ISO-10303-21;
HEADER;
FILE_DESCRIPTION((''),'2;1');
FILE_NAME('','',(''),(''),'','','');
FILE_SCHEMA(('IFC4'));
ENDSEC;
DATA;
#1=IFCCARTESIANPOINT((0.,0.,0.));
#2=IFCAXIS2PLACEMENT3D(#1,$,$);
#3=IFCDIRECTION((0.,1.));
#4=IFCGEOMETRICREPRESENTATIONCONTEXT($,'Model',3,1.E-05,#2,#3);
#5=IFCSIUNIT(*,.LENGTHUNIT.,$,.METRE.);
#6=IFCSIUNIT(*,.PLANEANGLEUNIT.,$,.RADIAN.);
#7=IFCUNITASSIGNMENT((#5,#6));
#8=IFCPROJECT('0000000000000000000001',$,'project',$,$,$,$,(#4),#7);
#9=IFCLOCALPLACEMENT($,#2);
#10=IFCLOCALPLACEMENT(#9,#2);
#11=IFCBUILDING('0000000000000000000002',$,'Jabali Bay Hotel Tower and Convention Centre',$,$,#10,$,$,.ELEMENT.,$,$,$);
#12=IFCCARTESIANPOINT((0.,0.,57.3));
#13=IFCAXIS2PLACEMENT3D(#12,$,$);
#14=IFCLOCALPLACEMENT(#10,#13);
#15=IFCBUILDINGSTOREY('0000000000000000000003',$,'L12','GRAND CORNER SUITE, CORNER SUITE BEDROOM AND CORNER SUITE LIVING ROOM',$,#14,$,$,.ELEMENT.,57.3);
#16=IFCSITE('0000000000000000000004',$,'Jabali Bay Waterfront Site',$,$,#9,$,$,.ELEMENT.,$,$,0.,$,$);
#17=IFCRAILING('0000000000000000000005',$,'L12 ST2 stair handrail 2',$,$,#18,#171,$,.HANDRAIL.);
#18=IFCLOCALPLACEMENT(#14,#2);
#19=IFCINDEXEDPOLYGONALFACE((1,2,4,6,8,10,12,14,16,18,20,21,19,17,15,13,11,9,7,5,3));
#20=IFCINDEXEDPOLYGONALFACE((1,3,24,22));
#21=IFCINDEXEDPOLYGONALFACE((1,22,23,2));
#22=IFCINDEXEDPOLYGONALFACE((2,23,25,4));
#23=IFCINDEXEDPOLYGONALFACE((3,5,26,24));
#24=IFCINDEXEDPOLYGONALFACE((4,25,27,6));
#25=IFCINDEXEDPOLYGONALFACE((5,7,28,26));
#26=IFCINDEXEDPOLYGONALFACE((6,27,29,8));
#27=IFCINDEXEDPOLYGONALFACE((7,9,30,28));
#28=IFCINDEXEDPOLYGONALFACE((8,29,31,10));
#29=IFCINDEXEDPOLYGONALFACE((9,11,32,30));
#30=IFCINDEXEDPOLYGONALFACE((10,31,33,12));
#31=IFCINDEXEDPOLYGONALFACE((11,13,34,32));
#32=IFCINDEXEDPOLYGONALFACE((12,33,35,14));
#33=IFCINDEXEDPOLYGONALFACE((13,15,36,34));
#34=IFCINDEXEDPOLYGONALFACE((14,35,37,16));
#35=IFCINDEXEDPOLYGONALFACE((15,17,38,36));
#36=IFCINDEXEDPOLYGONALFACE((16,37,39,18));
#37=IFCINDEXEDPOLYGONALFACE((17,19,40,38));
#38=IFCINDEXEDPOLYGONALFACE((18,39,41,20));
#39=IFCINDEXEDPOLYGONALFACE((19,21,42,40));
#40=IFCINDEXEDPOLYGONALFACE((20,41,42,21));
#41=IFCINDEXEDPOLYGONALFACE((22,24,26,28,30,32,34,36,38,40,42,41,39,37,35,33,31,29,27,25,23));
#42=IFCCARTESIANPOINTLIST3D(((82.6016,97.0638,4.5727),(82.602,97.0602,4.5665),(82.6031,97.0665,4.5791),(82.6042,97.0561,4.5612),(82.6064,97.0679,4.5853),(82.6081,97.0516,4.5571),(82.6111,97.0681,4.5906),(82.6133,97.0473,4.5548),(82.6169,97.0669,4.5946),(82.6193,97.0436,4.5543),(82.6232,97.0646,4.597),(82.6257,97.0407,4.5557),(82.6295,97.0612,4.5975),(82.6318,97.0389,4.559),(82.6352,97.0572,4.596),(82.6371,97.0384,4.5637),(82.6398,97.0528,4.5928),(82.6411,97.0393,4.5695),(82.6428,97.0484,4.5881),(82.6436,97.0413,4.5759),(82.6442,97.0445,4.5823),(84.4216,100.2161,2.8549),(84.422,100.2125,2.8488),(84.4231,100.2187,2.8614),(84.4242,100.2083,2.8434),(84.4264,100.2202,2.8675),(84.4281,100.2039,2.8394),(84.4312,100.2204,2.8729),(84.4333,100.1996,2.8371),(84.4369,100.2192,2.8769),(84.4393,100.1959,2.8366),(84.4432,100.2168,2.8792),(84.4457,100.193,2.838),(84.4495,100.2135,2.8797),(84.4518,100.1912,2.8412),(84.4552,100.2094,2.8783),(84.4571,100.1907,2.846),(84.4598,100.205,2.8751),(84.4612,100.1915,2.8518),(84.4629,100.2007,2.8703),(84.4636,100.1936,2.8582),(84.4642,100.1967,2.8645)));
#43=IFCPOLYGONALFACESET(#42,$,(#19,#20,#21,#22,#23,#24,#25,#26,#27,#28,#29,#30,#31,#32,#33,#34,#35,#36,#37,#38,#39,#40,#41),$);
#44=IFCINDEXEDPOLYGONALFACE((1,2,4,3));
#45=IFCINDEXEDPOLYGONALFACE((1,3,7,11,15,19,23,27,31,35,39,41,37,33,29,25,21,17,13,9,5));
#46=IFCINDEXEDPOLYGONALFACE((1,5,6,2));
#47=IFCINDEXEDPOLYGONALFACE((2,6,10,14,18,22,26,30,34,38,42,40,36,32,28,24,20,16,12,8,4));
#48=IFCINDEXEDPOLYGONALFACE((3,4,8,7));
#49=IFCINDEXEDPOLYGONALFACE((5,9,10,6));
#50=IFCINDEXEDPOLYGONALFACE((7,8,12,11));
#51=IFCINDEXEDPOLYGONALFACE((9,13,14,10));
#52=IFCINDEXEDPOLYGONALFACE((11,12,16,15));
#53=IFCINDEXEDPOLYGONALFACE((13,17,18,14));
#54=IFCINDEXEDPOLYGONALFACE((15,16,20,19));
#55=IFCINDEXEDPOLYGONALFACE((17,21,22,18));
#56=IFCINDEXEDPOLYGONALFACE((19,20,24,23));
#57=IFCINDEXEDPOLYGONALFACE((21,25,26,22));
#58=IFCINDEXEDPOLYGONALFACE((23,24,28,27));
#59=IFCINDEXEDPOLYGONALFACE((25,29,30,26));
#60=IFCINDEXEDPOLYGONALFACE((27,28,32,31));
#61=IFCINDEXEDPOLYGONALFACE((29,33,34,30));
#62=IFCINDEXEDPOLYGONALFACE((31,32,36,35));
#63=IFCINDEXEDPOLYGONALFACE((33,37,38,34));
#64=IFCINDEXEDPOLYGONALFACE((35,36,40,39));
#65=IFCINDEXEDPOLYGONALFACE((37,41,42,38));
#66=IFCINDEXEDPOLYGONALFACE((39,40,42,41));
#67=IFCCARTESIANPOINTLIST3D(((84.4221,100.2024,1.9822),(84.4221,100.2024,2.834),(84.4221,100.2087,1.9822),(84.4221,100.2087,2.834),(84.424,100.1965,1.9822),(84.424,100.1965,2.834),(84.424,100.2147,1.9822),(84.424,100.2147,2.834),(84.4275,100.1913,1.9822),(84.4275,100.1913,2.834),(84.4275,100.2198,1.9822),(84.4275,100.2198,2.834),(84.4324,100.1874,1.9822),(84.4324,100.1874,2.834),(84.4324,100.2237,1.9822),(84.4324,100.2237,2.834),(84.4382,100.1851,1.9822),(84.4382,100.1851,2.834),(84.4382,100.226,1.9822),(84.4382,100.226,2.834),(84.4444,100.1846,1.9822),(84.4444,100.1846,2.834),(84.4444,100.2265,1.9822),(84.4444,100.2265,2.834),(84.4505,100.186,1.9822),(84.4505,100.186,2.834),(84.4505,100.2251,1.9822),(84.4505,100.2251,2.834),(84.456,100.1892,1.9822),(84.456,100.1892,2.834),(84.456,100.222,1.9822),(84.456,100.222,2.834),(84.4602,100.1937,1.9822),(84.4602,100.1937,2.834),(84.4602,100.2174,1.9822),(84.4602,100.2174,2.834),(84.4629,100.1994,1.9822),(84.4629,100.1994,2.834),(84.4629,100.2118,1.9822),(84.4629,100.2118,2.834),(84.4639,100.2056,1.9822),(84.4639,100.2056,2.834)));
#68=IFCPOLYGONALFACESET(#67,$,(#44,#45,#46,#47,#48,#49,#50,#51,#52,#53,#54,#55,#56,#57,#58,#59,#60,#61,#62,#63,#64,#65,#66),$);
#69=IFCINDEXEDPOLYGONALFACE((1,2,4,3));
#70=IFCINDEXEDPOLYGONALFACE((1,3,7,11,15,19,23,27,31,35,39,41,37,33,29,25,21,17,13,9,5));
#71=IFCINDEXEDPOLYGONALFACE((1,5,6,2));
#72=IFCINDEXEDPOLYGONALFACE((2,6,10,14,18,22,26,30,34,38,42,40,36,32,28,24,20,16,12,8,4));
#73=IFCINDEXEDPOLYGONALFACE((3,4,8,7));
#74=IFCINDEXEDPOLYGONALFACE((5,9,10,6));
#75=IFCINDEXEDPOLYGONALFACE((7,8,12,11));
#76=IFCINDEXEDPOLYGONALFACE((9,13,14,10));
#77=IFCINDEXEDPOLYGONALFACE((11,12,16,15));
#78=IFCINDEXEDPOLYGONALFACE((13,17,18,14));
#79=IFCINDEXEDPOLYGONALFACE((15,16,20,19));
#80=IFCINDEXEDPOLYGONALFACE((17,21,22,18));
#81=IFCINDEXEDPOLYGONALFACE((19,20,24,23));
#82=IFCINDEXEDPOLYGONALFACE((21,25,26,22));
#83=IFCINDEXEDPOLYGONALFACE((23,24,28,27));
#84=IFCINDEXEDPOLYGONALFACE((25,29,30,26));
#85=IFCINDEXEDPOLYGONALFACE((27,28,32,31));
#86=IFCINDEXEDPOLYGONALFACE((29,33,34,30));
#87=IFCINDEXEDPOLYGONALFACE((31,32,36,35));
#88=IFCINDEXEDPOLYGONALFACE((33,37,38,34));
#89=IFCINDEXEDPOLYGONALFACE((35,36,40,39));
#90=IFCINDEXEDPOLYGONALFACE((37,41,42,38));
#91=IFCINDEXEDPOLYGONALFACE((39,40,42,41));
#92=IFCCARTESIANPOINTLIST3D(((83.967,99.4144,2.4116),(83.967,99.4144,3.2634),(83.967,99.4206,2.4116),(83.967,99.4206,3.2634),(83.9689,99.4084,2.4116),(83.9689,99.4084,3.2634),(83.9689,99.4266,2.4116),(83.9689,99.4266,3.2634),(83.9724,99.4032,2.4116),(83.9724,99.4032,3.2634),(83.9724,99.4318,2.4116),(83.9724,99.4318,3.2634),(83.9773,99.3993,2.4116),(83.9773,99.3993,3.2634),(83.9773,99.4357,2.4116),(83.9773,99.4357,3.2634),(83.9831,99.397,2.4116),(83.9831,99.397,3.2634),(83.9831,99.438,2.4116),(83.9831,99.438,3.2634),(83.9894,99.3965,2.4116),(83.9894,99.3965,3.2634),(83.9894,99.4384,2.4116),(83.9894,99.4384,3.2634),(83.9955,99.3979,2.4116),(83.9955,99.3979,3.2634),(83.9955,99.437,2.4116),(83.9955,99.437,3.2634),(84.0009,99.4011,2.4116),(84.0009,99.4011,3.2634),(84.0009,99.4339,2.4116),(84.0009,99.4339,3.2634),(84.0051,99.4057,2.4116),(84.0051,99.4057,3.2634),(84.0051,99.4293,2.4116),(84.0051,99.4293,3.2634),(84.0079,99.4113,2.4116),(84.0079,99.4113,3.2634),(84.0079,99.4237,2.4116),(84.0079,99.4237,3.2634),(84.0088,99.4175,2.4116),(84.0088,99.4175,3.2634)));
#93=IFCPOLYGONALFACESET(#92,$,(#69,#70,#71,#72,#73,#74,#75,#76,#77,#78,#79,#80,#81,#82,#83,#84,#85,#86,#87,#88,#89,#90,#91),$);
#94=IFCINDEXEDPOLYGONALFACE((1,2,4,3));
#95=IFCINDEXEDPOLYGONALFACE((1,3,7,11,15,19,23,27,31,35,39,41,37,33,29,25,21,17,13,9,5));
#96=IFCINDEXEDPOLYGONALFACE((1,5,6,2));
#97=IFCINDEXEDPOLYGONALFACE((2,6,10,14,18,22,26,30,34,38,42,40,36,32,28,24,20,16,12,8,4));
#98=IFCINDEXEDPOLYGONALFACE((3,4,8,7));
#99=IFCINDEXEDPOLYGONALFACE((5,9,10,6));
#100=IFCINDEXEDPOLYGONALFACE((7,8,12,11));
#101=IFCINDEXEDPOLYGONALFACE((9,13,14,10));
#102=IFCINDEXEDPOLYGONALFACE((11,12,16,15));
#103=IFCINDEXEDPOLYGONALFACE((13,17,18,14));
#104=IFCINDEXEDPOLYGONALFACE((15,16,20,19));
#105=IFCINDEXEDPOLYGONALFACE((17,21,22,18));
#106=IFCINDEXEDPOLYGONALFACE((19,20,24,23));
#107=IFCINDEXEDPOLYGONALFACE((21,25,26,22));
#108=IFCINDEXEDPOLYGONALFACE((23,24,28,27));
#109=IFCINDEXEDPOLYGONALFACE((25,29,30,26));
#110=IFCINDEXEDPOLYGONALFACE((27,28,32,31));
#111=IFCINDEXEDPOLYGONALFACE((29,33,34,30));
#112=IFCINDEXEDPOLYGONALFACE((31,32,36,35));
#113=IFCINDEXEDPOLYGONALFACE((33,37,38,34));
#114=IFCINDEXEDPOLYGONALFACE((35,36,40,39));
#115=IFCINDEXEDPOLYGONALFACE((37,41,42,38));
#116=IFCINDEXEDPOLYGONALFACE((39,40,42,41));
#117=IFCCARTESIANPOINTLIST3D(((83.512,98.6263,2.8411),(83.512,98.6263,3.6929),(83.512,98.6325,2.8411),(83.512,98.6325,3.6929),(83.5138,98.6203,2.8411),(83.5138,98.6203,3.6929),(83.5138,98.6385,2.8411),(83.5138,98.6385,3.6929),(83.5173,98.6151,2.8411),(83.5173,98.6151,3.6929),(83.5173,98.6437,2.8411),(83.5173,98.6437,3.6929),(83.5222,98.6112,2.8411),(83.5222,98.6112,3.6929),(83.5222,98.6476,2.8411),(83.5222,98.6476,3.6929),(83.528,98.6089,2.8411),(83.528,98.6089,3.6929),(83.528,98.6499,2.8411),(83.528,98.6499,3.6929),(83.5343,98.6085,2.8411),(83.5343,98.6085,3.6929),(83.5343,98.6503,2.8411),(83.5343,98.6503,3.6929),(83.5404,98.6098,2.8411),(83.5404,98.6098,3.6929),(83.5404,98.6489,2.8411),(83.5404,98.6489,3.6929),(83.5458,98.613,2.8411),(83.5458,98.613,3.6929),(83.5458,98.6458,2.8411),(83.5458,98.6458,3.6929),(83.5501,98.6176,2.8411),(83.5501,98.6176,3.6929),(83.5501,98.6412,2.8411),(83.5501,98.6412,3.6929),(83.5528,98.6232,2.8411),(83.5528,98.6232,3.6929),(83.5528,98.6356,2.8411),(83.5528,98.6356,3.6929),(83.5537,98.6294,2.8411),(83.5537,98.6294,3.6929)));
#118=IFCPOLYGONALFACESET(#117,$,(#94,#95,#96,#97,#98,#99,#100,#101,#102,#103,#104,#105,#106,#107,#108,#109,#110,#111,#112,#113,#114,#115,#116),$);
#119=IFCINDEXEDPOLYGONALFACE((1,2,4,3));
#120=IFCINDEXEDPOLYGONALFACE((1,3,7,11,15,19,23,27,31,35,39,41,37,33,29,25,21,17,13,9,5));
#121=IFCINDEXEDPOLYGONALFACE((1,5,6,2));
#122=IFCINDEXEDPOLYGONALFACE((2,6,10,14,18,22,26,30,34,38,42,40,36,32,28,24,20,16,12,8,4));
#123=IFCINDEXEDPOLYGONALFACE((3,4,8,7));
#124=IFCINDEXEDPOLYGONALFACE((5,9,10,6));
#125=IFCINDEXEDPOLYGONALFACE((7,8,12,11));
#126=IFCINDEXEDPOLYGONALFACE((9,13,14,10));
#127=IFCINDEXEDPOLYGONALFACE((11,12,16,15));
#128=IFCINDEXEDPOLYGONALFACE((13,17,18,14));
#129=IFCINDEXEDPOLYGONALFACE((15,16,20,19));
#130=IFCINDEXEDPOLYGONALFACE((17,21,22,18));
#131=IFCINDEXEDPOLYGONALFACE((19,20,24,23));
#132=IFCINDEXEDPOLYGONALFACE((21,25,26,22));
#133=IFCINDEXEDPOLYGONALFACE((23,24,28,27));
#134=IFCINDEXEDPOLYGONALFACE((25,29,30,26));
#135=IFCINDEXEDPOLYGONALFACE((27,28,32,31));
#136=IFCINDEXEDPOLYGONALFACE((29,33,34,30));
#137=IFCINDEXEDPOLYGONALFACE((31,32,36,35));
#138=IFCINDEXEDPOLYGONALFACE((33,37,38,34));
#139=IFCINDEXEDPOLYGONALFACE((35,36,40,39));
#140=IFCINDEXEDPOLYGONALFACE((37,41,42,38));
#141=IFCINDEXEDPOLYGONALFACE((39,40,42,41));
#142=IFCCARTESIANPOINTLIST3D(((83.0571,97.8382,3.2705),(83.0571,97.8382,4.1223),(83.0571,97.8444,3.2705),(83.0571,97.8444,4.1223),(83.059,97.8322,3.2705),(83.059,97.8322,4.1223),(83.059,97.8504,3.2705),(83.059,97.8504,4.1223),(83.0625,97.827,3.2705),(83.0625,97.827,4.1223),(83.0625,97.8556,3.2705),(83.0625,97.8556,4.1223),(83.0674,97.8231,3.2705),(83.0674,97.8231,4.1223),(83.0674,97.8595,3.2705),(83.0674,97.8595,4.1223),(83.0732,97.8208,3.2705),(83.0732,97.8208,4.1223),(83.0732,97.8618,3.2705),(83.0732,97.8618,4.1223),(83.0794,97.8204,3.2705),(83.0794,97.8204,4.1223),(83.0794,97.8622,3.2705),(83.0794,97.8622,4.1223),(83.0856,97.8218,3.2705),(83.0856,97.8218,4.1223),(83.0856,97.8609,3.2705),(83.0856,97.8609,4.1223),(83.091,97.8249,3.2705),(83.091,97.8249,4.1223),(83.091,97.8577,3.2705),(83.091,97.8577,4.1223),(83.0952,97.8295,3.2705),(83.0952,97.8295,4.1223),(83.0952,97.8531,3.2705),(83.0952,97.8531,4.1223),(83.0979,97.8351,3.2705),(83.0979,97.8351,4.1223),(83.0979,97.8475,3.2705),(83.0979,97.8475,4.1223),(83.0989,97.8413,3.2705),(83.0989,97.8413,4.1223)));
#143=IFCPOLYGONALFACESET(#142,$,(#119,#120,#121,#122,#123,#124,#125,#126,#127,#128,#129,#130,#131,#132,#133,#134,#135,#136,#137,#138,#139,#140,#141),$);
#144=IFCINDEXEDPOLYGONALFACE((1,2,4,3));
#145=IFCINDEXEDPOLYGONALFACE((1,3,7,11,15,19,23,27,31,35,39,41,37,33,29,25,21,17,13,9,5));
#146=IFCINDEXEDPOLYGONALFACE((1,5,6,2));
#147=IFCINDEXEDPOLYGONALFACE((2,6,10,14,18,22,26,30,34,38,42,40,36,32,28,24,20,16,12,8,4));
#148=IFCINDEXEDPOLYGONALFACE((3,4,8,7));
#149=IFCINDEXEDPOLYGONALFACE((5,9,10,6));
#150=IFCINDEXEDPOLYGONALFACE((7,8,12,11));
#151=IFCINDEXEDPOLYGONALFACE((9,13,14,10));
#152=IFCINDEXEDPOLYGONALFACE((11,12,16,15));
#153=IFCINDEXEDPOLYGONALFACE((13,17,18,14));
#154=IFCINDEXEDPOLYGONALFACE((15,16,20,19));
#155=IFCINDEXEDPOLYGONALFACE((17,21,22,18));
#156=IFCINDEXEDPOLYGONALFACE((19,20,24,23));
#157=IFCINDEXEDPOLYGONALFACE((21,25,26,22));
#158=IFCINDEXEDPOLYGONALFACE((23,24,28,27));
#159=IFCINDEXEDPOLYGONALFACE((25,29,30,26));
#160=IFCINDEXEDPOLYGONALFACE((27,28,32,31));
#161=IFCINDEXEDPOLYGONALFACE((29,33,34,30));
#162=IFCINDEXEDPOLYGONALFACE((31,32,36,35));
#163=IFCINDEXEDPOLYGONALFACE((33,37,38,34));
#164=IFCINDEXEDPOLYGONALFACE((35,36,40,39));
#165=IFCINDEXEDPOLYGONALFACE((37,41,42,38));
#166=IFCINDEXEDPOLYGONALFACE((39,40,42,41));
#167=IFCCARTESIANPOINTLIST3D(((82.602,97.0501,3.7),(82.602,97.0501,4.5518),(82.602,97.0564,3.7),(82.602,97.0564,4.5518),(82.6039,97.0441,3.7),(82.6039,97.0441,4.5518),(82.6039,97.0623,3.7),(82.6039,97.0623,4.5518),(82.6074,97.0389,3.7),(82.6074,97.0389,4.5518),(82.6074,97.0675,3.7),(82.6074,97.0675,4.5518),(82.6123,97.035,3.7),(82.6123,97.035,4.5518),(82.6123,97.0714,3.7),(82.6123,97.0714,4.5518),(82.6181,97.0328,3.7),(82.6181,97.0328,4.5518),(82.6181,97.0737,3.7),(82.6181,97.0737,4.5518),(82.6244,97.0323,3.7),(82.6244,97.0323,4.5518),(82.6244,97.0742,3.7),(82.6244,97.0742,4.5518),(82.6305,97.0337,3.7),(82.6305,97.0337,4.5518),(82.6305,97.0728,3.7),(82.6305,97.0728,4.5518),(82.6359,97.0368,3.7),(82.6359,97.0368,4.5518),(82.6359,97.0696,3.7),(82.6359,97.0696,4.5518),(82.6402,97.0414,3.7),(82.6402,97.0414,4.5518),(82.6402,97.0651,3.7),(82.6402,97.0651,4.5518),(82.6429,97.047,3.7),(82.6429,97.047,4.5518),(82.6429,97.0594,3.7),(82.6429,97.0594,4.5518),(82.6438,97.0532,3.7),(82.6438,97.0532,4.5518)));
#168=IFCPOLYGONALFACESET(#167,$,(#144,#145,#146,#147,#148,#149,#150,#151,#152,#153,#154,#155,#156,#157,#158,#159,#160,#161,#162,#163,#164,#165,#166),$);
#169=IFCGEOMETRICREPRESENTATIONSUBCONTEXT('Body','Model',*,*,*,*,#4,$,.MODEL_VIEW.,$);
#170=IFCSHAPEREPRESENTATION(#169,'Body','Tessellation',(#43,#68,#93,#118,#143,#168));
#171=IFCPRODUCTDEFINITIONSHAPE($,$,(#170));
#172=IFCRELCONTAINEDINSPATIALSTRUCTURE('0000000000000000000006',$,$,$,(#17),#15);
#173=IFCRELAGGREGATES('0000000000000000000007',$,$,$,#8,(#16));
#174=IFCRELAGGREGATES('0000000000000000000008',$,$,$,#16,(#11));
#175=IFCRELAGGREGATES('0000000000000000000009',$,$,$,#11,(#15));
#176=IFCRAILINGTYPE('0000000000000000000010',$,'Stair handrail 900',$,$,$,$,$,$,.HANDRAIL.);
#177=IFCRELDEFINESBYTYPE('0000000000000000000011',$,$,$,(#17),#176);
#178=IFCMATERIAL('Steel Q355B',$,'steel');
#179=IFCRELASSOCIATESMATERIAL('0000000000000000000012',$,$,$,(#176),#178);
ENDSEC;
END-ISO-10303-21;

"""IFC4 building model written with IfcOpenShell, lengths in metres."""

from ifc_helpers import new_model, si_unit, direction, frame, origin, origin_2d, place, context, subcontext, project, spatial, circle, extrude, material, type_object, element, save


model = new_model("IFC4")

# Units and contexts
model_context = context("Model", 3, precision=1e-05, world=origin(), true_north=direction((0.0, 1.0)))
body_context = subcontext(model_context, "Body", "Model", "MODEL_VIEW")
ifc_project = project(units=[si_unit("LENGTHUNIT", "METRE"), si_unit("PLANEANGLEUNIT", "RADIAN")], contexts=[model_context])

# Site, building, storey
site_placement = place(None, origin())
site = spatial("IfcSite", under=ifc_project, at=site_placement, Name="Jabali Bay Waterfront Site", CompositionType="ELEMENT", RefElevation=0.0)
building_placement = place(site_placement, origin())
building = spatial("IfcBuilding", under=site, at=building_placement, Name="Jabali Bay Hotel Tower and Convention Centre", CompositionType="ELEMENT")
storey_placement = place(building_placement, frame((0.0, 0.0, 57.3)))
storey = spatial("IfcBuildingStorey", under=building, at=storey_placement, Name="L12", Description="GRAND CORNER SUITE, CORNER SUITE BEDROOM AND CORNER SUITE LIVING ROOM", CompositionType="ELEMENT", Elevation=57.3)

# Railing
ifc_material_1 = material(Name="Steel Q355B", Category="steel")
railing_type_1 = type_object("IfcRailingType", Name="Stair handrail 900", PredefinedType="HANDRAIL", material=ifc_material_1)
railing_1_placement = place(storey_placement, frame((84.4429, 100.2056, 1.9822)))
element("IfcRailing", 1, at=railing_1_placement, inside=storey, type_object=railing_type_1, Name="L12 ST2 stair handrail 2", PredefinedType="HANDRAIL", context=body_context, shape_type="SweptSolid", body=[
    extrude(circle(Radius=0.0239, at=origin_2d()), frame((0.0, 0.0, 0.876), z_axis=(-0.45219, -0.78319, 0.426775), x_axis=(0.866018, -0.500013, 0.0)), (0.0, 0.0, 1.0), 4.0249),
    extrude(circle(Radius=0.021, at=origin_2d()), origin(), (0.0, 0.0, 1.0), 0.8518),
    extrude(circle(Radius=0.021, at=origin_2d()), frame((-0.4551, -0.7881, 0.4294)), (0.0, 0.0, 1.0), 0.8518),
    extrude(circle(Radius=0.021, at=origin_2d()), frame((-0.9102, -1.5762, 0.8589)), (0.0, 0.0, 1.0), 0.8518),
    extrude(circle(Radius=0.021, at=origin_2d()), frame((-1.365, -2.3643, 1.2883)), (0.0, 0.0, 1.0), 0.8518),
    extrude(circle(Radius=0.021, at=origin_2d()), frame((-1.8201, -3.1523, 1.7178)), (0.0, 0.0, 1.0), 0.8518),
])

save(model, "model.ifc")
